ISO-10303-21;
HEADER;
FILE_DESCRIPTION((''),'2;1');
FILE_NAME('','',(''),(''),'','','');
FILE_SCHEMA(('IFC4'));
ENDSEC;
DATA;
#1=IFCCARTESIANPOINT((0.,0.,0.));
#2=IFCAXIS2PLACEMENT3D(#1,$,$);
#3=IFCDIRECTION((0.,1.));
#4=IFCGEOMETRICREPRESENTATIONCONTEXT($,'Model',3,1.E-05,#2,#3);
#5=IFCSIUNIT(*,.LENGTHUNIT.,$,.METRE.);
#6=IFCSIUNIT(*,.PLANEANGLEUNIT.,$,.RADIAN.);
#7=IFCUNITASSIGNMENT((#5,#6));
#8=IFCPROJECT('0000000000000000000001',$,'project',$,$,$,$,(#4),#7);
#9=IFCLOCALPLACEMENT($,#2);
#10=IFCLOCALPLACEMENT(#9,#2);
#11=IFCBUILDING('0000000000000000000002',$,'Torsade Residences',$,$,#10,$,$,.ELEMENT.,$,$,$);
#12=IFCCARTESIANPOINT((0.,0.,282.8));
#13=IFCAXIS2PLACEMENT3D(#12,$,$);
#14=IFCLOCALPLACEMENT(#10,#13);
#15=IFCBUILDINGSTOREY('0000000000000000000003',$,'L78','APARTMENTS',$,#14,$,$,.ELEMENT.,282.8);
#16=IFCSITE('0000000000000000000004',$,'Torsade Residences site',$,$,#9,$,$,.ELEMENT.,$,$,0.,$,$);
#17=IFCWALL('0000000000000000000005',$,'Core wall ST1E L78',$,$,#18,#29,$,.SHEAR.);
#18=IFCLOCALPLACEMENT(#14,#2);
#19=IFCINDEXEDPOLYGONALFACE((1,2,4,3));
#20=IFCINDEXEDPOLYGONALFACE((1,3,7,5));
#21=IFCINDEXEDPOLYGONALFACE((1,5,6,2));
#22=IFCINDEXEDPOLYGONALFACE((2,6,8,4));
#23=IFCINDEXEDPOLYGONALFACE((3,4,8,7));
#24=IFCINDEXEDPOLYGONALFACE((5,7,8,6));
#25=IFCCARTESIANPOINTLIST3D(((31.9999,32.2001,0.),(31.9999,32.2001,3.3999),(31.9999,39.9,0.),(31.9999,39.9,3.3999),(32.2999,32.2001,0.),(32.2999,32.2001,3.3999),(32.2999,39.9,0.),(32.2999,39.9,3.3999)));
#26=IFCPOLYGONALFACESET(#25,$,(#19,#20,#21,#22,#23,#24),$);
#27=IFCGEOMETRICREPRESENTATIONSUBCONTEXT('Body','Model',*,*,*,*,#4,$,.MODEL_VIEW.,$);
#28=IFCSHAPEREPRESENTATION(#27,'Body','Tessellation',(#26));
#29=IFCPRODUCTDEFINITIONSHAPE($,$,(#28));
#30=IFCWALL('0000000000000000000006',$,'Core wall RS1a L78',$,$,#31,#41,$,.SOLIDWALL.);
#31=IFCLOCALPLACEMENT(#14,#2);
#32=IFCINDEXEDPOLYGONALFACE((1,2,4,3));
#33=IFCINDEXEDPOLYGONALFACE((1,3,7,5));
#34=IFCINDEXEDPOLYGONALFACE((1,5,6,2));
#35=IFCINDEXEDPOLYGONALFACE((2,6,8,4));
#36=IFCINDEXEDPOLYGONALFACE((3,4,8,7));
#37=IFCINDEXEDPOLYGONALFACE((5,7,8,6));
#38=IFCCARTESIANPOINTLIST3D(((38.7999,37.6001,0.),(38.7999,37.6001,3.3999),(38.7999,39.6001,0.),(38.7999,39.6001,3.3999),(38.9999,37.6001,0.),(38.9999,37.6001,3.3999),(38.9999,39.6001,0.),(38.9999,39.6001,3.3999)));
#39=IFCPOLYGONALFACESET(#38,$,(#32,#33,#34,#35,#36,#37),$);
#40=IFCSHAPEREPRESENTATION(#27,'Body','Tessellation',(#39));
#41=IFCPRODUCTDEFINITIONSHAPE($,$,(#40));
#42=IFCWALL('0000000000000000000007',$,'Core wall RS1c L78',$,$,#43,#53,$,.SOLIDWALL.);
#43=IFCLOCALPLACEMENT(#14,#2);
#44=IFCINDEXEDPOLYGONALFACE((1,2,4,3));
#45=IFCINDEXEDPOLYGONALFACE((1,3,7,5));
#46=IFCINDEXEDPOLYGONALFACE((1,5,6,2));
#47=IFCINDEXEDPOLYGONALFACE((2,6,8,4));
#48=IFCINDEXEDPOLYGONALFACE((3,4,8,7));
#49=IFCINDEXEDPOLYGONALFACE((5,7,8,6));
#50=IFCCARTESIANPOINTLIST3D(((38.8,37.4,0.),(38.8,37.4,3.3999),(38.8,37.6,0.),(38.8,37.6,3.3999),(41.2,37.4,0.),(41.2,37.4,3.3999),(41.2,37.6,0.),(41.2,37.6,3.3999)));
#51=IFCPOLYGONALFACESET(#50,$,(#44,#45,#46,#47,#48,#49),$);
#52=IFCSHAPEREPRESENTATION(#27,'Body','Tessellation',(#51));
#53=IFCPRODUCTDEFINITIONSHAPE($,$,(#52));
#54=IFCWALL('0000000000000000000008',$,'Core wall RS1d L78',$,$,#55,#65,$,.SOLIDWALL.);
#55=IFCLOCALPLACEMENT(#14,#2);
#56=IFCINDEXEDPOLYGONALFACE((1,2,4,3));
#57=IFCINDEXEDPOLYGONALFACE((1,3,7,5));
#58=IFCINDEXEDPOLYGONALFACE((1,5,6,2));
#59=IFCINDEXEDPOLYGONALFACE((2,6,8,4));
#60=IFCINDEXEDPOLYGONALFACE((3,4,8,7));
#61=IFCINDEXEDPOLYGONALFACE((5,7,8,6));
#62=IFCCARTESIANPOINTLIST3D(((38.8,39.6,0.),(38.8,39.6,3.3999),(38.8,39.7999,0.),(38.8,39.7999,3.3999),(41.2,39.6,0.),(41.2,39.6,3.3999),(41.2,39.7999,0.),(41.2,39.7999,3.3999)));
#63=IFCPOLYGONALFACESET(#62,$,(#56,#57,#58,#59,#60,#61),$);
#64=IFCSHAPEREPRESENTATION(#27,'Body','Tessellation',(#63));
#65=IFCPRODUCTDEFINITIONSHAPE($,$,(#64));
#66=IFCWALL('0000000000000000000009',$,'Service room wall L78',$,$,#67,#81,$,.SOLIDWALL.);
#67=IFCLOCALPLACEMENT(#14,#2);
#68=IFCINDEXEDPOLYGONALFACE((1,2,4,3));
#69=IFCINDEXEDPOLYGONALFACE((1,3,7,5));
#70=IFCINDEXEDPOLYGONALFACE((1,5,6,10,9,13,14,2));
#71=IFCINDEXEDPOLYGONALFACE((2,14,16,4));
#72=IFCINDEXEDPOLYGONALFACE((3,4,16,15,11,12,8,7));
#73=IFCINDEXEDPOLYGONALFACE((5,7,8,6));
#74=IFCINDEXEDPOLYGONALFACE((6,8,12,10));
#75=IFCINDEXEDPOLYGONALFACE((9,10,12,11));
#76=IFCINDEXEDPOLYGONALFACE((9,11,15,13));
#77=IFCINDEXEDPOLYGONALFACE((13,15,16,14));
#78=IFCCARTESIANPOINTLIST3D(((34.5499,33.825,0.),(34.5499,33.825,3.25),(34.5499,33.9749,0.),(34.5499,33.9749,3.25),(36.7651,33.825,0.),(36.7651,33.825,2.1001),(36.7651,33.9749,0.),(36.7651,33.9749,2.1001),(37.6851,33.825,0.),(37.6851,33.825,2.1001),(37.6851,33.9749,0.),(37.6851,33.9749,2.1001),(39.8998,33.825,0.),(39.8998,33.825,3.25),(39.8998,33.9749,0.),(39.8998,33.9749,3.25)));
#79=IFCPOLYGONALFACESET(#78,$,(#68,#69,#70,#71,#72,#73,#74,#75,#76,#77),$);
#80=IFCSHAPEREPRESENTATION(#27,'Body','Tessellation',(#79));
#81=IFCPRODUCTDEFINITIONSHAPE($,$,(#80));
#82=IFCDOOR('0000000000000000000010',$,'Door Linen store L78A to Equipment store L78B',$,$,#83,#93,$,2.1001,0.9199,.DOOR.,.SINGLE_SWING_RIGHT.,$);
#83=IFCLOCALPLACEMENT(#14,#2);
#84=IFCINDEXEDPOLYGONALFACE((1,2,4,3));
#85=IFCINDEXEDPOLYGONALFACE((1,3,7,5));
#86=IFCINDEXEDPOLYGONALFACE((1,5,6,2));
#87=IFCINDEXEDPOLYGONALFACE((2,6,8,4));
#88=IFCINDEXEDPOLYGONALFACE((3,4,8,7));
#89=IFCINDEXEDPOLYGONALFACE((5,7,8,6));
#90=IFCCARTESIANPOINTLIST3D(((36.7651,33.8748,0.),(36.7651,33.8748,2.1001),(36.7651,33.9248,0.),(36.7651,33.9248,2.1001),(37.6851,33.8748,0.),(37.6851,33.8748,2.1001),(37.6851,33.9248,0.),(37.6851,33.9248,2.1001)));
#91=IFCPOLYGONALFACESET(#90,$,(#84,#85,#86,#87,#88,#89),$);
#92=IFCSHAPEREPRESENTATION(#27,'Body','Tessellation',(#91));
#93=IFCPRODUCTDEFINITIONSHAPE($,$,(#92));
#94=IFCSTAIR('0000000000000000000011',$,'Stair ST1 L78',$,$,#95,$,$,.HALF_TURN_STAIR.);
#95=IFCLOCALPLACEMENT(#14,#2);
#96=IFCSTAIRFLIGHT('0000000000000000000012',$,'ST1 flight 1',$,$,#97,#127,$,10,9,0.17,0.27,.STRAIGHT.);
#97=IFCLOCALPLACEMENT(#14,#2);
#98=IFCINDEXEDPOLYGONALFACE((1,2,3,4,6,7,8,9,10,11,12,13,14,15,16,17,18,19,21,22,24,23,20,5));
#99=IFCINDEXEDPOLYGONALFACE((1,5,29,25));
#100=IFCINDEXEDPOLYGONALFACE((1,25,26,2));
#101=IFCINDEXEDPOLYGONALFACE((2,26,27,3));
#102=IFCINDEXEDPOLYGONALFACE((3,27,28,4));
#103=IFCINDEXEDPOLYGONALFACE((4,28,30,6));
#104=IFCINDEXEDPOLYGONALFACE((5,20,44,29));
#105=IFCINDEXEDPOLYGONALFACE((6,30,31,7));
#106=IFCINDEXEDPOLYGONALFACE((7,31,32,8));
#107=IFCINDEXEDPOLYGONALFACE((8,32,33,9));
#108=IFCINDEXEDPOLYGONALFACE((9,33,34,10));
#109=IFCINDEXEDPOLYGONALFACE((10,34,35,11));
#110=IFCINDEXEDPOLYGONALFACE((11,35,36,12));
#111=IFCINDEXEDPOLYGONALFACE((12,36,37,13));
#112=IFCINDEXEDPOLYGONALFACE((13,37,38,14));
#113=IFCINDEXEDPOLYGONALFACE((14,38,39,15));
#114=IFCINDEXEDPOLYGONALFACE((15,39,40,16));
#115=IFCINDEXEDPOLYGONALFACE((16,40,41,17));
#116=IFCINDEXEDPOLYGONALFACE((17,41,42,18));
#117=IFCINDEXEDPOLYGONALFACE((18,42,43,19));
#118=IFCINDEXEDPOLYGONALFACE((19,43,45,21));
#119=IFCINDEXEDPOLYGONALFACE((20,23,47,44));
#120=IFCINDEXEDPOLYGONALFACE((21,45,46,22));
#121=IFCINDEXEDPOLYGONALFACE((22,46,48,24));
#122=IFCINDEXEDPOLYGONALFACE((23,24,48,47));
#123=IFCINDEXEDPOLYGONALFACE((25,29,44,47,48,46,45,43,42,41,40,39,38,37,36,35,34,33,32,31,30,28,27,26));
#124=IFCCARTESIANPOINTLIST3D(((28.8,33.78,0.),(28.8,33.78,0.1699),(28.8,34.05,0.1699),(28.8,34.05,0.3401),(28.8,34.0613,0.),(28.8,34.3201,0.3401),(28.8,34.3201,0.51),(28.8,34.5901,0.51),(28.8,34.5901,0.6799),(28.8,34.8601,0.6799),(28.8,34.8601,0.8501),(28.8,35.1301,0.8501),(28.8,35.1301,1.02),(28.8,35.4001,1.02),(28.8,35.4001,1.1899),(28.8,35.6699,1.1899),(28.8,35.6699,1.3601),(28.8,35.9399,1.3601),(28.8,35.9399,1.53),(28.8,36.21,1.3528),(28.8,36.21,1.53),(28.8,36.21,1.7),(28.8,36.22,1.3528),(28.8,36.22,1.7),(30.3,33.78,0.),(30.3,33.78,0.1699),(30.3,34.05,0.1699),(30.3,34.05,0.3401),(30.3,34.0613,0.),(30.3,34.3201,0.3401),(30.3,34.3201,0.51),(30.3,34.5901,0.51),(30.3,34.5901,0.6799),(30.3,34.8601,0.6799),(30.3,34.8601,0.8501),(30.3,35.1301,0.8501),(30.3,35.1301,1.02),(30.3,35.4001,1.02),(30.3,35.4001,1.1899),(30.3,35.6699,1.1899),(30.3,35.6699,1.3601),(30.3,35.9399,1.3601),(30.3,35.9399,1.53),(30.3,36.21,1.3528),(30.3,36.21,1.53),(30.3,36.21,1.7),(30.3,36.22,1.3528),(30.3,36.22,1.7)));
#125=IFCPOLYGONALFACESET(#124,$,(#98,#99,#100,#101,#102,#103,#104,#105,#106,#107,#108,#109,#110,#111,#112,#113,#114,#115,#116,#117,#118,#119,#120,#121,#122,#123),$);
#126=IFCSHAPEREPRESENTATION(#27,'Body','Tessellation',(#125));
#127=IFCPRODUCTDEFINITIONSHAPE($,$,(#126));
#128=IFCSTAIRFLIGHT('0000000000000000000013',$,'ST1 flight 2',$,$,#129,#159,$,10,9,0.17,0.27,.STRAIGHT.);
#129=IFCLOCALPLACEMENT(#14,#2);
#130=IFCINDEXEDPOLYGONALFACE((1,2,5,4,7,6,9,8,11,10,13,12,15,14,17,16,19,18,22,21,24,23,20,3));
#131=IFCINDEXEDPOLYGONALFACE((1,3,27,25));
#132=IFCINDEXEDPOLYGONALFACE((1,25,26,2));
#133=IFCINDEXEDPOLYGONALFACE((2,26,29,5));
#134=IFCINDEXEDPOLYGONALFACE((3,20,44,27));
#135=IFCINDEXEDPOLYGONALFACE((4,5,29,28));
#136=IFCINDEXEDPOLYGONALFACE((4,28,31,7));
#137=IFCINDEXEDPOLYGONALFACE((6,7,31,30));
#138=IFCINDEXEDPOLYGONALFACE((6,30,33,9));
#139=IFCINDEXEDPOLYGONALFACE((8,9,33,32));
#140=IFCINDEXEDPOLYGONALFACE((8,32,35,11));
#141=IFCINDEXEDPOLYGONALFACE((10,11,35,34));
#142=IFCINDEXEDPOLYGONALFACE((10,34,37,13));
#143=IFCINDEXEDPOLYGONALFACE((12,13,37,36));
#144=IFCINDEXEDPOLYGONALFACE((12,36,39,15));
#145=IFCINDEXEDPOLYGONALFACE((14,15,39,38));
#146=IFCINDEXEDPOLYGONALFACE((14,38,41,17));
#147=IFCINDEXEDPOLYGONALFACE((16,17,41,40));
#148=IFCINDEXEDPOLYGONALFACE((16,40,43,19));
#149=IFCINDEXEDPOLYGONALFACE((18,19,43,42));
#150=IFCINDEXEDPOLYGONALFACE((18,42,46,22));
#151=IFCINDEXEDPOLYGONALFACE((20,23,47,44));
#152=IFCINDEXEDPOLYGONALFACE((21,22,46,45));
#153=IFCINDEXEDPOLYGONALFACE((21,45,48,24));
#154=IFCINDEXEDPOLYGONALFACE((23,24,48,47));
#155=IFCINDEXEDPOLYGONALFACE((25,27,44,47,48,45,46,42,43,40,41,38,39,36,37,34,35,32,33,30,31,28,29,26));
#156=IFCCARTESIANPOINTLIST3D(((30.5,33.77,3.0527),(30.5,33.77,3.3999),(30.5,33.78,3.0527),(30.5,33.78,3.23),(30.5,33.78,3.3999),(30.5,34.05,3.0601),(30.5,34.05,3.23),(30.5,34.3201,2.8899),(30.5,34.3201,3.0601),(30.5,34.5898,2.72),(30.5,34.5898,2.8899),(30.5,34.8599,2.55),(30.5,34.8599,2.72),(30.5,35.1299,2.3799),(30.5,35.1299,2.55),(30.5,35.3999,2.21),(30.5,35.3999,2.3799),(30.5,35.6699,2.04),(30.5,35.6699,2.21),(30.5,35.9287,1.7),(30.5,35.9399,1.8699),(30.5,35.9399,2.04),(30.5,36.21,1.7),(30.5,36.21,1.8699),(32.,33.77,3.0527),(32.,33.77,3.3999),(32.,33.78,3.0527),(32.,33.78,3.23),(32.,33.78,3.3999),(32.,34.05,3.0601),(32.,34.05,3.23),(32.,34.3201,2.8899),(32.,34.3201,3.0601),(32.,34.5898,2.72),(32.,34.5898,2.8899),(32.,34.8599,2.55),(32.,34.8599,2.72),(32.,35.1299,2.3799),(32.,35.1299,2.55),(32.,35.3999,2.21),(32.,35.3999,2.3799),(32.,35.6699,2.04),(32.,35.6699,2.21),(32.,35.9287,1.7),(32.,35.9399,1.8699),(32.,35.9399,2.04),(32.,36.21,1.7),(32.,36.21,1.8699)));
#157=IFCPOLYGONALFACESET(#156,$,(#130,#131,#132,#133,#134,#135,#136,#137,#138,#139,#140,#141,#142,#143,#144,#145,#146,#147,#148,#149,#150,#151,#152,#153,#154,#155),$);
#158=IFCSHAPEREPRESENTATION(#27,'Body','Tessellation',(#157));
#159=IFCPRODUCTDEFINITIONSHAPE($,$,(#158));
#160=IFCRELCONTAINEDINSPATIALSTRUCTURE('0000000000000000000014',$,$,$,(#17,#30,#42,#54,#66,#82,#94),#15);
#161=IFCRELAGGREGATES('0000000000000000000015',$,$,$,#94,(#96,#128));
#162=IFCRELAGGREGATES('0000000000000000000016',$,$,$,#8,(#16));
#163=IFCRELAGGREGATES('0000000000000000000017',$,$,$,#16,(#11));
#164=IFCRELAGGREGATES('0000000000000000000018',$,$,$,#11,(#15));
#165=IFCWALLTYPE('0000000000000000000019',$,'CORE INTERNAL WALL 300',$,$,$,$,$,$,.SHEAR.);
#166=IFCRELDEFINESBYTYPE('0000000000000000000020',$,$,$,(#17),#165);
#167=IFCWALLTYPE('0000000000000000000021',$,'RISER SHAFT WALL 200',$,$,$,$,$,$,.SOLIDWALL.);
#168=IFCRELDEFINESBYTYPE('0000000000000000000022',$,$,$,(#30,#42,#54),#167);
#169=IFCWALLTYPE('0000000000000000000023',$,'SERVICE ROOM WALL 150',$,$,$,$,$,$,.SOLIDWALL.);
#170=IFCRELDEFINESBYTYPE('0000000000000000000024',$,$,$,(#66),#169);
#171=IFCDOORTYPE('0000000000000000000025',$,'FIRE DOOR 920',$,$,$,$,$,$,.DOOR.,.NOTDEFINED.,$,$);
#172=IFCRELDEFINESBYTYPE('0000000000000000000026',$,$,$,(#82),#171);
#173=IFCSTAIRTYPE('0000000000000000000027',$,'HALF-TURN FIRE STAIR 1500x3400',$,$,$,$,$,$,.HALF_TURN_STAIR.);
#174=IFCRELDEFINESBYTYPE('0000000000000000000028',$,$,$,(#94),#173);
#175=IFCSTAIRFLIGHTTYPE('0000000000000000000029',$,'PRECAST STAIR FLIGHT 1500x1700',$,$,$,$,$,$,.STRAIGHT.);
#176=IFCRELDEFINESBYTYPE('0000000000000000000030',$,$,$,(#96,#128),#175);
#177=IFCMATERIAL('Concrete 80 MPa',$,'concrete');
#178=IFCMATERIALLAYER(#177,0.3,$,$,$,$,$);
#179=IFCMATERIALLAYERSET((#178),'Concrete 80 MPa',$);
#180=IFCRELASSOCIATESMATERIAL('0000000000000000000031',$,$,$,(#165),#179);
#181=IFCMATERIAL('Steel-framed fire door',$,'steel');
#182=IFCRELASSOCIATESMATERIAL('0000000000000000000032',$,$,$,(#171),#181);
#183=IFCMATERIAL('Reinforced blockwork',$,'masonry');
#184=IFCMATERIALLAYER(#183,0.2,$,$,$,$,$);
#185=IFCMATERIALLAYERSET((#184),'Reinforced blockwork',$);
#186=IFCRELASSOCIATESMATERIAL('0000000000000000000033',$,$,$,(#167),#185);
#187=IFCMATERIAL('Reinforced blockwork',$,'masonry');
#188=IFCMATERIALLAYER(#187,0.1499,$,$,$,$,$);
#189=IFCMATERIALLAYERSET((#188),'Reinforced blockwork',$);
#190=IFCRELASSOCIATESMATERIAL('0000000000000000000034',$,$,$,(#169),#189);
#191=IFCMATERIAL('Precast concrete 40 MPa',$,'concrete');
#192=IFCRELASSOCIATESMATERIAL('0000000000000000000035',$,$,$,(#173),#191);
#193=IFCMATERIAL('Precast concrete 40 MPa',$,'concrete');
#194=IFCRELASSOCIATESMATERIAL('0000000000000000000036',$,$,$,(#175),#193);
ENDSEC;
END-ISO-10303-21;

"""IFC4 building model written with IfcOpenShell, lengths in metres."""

from ifc_helpers import new_model, si_unit, direction, frame, frame_2d, origin, place, context, subcontext, project, spatial, polyline, rectangle, outline, extrude, material, layer, layer_set, type_object, element, fill, aggregate, save


model = new_model("IFC4")

# Units and contexts
model_context = context("Model", 3, precision=1e-05, world=origin(), true_north=direction((0.0, 1.0)))
body_context = subcontext(model_context, "Body", "Model", "MODEL_VIEW")
ifc_project = project(units=[si_unit("LENGTHUNIT", "METRE"), si_unit("PLANEANGLEUNIT", "RADIAN")], contexts=[model_context])

# Site, building, storey
site_placement = place(None, origin())
site = spatial("IfcSite", under=ifc_project, at=site_placement, Name="Torsade Residences site", CompositionType="ELEMENT", RefElevation=0.0)
building_placement = place(site_placement, origin())
building = spatial("IfcBuilding", under=site, at=building_placement, Name="Torsade Residences", CompositionType="ELEMENT")
storey_placement = place(building_placement, frame((0.0, 0.0, 282.8)))
storey = spatial("IfcBuildingStorey", under=building, at=storey_placement, Name="L78", Description="APARTMENTS", CompositionType="ELEMENT", Elevation=282.8)

# Shared definitions
ifc_material_1 = material(Name="Concrete 80 MPa", Category="concrete")
ifc_layer_1 = layer(ifc_material_1, 0.3)
ifc_layer_set_1 = layer_set([ifc_layer_1], Name="Concrete 80 MPa")
wall_type_1 = type_object("IfcWallType", Name="CORE INTERNAL WALL 300", PredefinedType="SHEAR", material=ifc_layer_set_1)
ifc_material_2 = material(Name="Steel-framed fire door", Category="steel")
door_type_1 = type_object("IfcDoorType", Name="FIRE DOOR 920", OperationType="NOTDEFINED", PredefinedType="DOOR", material=ifc_material_2)

# Walls
wall_1_placement = place(storey_placement, frame((32.1499, 32.2, 0.0), z_axis=(0.0, 0.0, 1.0), x_axis=(0.0, 1.0, 0.0)))
element("IfcWall", 1, at=wall_1_placement, inside=storey, type_object=wall_type_1, Name="Core wall ST1E L78", PredefinedType="SHEAR", context=body_context, shape_type="SweptSolid", body=[
    extrude(rectangle(XDim=7.7, YDim=0.3, at=frame_2d((3.8501, 0.0))), origin(), (0.0, 0.0, 1.0), 3.3999),
])
ifc_material_3 = material(Name="Reinforced blockwork", Category="masonry")
ifc_layer_2 = layer(ifc_material_3, 0.2)
ifc_layer_set_2 = layer_set([ifc_layer_2], Name="Reinforced blockwork")
wall_type_2 = type_object("IfcWallType", Name="RISER SHAFT WALL 200", PredefinedType="SOLIDWALL", material=ifc_layer_set_2)
wall_2_placement = place(storey_placement, frame((38.8999, 37.6001, 0.0), z_axis=(0.0, 0.0, 1.0), x_axis=(0.0, 1.0, 0.0)))
element("IfcWall", 2, at=wall_2_placement, inside=storey, type_object=wall_type_2, Name="Core wall RS1a L78", PredefinedType="SOLIDWALL", context=body_context, shape_type="SweptSolid", body=[
    extrude(rectangle(XDim=2.0, YDim=0.2, at=frame_2d((1.0, 0.0))), origin(), (0.0, 0.0, 1.0), 3.3999),
])
for number, where, z_axis, x_axis, name in (
    (3, (38.8, 37.5, 0.0), (0.0, 0.0, 1.0), (1.0, 0.0, 0.0), "Core wall RS1c L78"),
    (4, (38.8, 39.7, 0.0), (0.0, 0.0, 1.0), (1.0, 0.0, 0.0), "Core wall RS1d L78"),
):
    element("IfcWall", number, at=place(storey_placement, frame(where, z_axis=z_axis, x_axis=x_axis)), inside=storey, type_object=wall_type_2, Name=name, PredefinedType="SOLIDWALL", context=body_context, shape_type="SweptSolid", body=[
        extrude(rectangle(XDim=2.3999, YDim=0.2, at=frame_2d((1.2, 0.0))), origin(), (0.0, 0.0, 1.0), 3.3999),
    ])

# Wall, opening, door
ifc_material_4 = material(Name="Reinforced blockwork", Category="masonry")
ifc_layer_3 = layer(ifc_material_4, 0.1499)
ifc_layer_set_3 = layer_set([ifc_layer_3], Name="Reinforced blockwork")
wall_type_3 = type_object("IfcWallType", Name="SERVICE ROOM WALL 150", PredefinedType="SOLIDWALL", material=ifc_layer_set_3)
wall_3_placement = place(storey_placement, frame((34.55, 33.8999, 0.0), z_axis=(0.0, 0.0, 1.0), x_axis=(1.0, 0.0, 0.0)))
wall_3 = element("IfcWall", 5, at=wall_3_placement, inside=storey, type_object=wall_type_3, Name="Service room wall L78", PredefinedType="SOLIDWALL", context=body_context, shape_type="SweptSolid", body=[
    extrude(rectangle(XDim=5.3499, YDim=0.1499, at=frame_2d((2.6748, 0.0))), origin(), (0.0, 0.0, 1.0), 3.25),
])
opening_1_placement = place(wall_3_placement, frame((2.2151, 0.0, 0.0)))
opening_1 = element("IfcOpeningElement", 6, at=opening_1_placement, cuts=wall_3, PredefinedType="OPENING", context=body_context, shape_type="SweptSolid", body=[
    extrude(rectangle(XDim=0.9199, YDim=2.1001, at=frame_2d((0.46, 1.05))), frame((0.0, 0.085, 0.0), z_axis=(0.0, -1.0, 0.0), x_axis=(1.0, 0.0, 0.0)), (0.0, 0.0, 1.0), 0.1699),
])
door_1_placement = place(opening_1_placement, origin())
door_1 = element("IfcDoor", 7, at=door_1_placement, inside=storey, type_object=door_type_1, Name="Door Linen store L78A to Equipment store L78B", OperationType="SINGLE_SWING_RIGHT", OverallHeight=2.1001, OverallWidth=0.9199, PredefinedType="DOOR", context=body_context, shape_type="SweptSolid", body=[
    extrude(rectangle(XDim=0.9199, YDim=2.1001, at=frame_2d((0.46, 1.05))), frame((0.0, 0.0249, 0.0), z_axis=(0.0, -1.0, 0.0), x_axis=(1.0, 0.0, 0.0)), (0.0, 0.0, 1.0), 0.05),
])
fill(opening_1, door_1)

# Stair, stair flights
ifc_material_5 = material(Name="Precast concrete 40 MPa", Category="concrete")
stair_type = type_object("IfcStairType", Name="HALF-TURN FIRE STAIR 1500x3400", PredefinedType="HALF_TURN_STAIR", material=ifc_material_5)
stair_placement = place(storey_placement, origin())
stair = element("IfcStair", 8, at=stair_placement, inside=storey, type_object=stair_type, Name="Stair ST1 L78", PredefinedType="HALF_TURN_STAIR")
ifc_material_6 = material(Name="Precast concrete 40 MPa", Category="concrete")
stair_flight_type = type_object("IfcStairFlightType", Name="PRECAST STAIR FLIGHT 1500x1700", PredefinedType="STRAIGHT", material=ifc_material_6)
stair_flight_1_placement = place(storey_placement, frame((29.55, 33.78, 0.0), z_axis=(0.0, 0.0, 1.0), x_axis=(0.0, 1.0, 0.0)))
stair_flight_1 = element("IfcStairFlight", 9, at=stair_flight_1_placement, type_object=stair_flight_type, Name="ST1 flight 1", NumberOfRisers=10, NumberOfTreads=9, PredefinedType="STRAIGHT", RiserHeight=0.17, TreadLength=0.27, context=body_context, shape_type="SweptSolid", body=[
    extrude(outline(polyline([(0.0, 0.0), (0.0, 0.1699), (0.27, 0.1699), (0.27, 0.3401), (0.54, 0.3401), (0.54, 0.51), (0.8101, 0.51), (0.8101, 0.6799), (1.0801, 0.6799), (1.0801, 0.8501), (1.3501, 0.8501), (1.3501, 1.02), (1.6201, 1.02), (1.6201, 1.1899), (1.8899, 1.1899), (1.8899, 1.3601), (2.1599, 1.3601), (2.1599, 1.53), (2.4299, 1.53), (2.4299, 1.7), (2.4399, 1.7), (2.4399, 1.3528), (2.4299, 1.3528), (0.2812, 0.0), (0.0, 0.0)])), frame((0.0, 0.75, 0.0), z_axis=(0.0, -1.0, 0.0), x_axis=(1.0, 0.0, 0.0)), (0.0, 0.0, 1.0), 1.5),
])
stair_flight_2_placement = place(storey_placement, frame((31.25, 36.21, 1.7), z_axis=(0.0, 0.0, 1.0), x_axis=(0.0, -1.0, 0.0)))
stair_flight_2 = element("IfcStairFlight", 10, at=stair_flight_2_placement, type_object=stair_flight_type, Name="ST1 flight 2", NumberOfRisers=10, NumberOfTreads=9, PredefinedType="STRAIGHT", RiserHeight=0.17, TreadLength=0.27, context=body_context, shape_type="SweptSolid", body=[
    extrude(outline(polyline([(0.0, 0.0), (0.0, 0.1699), (0.27, 0.1699), (0.27, 0.3401), (0.54, 0.3401), (0.54, 0.51), (0.8101, 0.51), (0.8101, 0.6799), (1.0801, 0.6799), (1.0801, 0.8501), (1.3501, 0.8501), (1.3501, 1.02), (1.6201, 1.02), (1.6201, 1.1899), (1.8899, 1.1899), (1.8899, 1.3601), (2.1599, 1.3601), (2.1599, 1.53), (2.4299, 1.53), (2.4299, 1.7), (2.4399, 1.7), (2.4399, 1.3528), (2.4299, 1.3528), (0.2812, 0.0), (0.0, 0.0)])), frame((0.0, 0.75, 0.0), z_axis=(0.0, -1.0, 0.0), x_axis=(1.0, 0.0, 0.0)), (0.0, 0.0, 1.0), 1.5),
])
aggregate(stair, [stair_flight_1, stair_flight_2])

save(model, "model.ifc")
